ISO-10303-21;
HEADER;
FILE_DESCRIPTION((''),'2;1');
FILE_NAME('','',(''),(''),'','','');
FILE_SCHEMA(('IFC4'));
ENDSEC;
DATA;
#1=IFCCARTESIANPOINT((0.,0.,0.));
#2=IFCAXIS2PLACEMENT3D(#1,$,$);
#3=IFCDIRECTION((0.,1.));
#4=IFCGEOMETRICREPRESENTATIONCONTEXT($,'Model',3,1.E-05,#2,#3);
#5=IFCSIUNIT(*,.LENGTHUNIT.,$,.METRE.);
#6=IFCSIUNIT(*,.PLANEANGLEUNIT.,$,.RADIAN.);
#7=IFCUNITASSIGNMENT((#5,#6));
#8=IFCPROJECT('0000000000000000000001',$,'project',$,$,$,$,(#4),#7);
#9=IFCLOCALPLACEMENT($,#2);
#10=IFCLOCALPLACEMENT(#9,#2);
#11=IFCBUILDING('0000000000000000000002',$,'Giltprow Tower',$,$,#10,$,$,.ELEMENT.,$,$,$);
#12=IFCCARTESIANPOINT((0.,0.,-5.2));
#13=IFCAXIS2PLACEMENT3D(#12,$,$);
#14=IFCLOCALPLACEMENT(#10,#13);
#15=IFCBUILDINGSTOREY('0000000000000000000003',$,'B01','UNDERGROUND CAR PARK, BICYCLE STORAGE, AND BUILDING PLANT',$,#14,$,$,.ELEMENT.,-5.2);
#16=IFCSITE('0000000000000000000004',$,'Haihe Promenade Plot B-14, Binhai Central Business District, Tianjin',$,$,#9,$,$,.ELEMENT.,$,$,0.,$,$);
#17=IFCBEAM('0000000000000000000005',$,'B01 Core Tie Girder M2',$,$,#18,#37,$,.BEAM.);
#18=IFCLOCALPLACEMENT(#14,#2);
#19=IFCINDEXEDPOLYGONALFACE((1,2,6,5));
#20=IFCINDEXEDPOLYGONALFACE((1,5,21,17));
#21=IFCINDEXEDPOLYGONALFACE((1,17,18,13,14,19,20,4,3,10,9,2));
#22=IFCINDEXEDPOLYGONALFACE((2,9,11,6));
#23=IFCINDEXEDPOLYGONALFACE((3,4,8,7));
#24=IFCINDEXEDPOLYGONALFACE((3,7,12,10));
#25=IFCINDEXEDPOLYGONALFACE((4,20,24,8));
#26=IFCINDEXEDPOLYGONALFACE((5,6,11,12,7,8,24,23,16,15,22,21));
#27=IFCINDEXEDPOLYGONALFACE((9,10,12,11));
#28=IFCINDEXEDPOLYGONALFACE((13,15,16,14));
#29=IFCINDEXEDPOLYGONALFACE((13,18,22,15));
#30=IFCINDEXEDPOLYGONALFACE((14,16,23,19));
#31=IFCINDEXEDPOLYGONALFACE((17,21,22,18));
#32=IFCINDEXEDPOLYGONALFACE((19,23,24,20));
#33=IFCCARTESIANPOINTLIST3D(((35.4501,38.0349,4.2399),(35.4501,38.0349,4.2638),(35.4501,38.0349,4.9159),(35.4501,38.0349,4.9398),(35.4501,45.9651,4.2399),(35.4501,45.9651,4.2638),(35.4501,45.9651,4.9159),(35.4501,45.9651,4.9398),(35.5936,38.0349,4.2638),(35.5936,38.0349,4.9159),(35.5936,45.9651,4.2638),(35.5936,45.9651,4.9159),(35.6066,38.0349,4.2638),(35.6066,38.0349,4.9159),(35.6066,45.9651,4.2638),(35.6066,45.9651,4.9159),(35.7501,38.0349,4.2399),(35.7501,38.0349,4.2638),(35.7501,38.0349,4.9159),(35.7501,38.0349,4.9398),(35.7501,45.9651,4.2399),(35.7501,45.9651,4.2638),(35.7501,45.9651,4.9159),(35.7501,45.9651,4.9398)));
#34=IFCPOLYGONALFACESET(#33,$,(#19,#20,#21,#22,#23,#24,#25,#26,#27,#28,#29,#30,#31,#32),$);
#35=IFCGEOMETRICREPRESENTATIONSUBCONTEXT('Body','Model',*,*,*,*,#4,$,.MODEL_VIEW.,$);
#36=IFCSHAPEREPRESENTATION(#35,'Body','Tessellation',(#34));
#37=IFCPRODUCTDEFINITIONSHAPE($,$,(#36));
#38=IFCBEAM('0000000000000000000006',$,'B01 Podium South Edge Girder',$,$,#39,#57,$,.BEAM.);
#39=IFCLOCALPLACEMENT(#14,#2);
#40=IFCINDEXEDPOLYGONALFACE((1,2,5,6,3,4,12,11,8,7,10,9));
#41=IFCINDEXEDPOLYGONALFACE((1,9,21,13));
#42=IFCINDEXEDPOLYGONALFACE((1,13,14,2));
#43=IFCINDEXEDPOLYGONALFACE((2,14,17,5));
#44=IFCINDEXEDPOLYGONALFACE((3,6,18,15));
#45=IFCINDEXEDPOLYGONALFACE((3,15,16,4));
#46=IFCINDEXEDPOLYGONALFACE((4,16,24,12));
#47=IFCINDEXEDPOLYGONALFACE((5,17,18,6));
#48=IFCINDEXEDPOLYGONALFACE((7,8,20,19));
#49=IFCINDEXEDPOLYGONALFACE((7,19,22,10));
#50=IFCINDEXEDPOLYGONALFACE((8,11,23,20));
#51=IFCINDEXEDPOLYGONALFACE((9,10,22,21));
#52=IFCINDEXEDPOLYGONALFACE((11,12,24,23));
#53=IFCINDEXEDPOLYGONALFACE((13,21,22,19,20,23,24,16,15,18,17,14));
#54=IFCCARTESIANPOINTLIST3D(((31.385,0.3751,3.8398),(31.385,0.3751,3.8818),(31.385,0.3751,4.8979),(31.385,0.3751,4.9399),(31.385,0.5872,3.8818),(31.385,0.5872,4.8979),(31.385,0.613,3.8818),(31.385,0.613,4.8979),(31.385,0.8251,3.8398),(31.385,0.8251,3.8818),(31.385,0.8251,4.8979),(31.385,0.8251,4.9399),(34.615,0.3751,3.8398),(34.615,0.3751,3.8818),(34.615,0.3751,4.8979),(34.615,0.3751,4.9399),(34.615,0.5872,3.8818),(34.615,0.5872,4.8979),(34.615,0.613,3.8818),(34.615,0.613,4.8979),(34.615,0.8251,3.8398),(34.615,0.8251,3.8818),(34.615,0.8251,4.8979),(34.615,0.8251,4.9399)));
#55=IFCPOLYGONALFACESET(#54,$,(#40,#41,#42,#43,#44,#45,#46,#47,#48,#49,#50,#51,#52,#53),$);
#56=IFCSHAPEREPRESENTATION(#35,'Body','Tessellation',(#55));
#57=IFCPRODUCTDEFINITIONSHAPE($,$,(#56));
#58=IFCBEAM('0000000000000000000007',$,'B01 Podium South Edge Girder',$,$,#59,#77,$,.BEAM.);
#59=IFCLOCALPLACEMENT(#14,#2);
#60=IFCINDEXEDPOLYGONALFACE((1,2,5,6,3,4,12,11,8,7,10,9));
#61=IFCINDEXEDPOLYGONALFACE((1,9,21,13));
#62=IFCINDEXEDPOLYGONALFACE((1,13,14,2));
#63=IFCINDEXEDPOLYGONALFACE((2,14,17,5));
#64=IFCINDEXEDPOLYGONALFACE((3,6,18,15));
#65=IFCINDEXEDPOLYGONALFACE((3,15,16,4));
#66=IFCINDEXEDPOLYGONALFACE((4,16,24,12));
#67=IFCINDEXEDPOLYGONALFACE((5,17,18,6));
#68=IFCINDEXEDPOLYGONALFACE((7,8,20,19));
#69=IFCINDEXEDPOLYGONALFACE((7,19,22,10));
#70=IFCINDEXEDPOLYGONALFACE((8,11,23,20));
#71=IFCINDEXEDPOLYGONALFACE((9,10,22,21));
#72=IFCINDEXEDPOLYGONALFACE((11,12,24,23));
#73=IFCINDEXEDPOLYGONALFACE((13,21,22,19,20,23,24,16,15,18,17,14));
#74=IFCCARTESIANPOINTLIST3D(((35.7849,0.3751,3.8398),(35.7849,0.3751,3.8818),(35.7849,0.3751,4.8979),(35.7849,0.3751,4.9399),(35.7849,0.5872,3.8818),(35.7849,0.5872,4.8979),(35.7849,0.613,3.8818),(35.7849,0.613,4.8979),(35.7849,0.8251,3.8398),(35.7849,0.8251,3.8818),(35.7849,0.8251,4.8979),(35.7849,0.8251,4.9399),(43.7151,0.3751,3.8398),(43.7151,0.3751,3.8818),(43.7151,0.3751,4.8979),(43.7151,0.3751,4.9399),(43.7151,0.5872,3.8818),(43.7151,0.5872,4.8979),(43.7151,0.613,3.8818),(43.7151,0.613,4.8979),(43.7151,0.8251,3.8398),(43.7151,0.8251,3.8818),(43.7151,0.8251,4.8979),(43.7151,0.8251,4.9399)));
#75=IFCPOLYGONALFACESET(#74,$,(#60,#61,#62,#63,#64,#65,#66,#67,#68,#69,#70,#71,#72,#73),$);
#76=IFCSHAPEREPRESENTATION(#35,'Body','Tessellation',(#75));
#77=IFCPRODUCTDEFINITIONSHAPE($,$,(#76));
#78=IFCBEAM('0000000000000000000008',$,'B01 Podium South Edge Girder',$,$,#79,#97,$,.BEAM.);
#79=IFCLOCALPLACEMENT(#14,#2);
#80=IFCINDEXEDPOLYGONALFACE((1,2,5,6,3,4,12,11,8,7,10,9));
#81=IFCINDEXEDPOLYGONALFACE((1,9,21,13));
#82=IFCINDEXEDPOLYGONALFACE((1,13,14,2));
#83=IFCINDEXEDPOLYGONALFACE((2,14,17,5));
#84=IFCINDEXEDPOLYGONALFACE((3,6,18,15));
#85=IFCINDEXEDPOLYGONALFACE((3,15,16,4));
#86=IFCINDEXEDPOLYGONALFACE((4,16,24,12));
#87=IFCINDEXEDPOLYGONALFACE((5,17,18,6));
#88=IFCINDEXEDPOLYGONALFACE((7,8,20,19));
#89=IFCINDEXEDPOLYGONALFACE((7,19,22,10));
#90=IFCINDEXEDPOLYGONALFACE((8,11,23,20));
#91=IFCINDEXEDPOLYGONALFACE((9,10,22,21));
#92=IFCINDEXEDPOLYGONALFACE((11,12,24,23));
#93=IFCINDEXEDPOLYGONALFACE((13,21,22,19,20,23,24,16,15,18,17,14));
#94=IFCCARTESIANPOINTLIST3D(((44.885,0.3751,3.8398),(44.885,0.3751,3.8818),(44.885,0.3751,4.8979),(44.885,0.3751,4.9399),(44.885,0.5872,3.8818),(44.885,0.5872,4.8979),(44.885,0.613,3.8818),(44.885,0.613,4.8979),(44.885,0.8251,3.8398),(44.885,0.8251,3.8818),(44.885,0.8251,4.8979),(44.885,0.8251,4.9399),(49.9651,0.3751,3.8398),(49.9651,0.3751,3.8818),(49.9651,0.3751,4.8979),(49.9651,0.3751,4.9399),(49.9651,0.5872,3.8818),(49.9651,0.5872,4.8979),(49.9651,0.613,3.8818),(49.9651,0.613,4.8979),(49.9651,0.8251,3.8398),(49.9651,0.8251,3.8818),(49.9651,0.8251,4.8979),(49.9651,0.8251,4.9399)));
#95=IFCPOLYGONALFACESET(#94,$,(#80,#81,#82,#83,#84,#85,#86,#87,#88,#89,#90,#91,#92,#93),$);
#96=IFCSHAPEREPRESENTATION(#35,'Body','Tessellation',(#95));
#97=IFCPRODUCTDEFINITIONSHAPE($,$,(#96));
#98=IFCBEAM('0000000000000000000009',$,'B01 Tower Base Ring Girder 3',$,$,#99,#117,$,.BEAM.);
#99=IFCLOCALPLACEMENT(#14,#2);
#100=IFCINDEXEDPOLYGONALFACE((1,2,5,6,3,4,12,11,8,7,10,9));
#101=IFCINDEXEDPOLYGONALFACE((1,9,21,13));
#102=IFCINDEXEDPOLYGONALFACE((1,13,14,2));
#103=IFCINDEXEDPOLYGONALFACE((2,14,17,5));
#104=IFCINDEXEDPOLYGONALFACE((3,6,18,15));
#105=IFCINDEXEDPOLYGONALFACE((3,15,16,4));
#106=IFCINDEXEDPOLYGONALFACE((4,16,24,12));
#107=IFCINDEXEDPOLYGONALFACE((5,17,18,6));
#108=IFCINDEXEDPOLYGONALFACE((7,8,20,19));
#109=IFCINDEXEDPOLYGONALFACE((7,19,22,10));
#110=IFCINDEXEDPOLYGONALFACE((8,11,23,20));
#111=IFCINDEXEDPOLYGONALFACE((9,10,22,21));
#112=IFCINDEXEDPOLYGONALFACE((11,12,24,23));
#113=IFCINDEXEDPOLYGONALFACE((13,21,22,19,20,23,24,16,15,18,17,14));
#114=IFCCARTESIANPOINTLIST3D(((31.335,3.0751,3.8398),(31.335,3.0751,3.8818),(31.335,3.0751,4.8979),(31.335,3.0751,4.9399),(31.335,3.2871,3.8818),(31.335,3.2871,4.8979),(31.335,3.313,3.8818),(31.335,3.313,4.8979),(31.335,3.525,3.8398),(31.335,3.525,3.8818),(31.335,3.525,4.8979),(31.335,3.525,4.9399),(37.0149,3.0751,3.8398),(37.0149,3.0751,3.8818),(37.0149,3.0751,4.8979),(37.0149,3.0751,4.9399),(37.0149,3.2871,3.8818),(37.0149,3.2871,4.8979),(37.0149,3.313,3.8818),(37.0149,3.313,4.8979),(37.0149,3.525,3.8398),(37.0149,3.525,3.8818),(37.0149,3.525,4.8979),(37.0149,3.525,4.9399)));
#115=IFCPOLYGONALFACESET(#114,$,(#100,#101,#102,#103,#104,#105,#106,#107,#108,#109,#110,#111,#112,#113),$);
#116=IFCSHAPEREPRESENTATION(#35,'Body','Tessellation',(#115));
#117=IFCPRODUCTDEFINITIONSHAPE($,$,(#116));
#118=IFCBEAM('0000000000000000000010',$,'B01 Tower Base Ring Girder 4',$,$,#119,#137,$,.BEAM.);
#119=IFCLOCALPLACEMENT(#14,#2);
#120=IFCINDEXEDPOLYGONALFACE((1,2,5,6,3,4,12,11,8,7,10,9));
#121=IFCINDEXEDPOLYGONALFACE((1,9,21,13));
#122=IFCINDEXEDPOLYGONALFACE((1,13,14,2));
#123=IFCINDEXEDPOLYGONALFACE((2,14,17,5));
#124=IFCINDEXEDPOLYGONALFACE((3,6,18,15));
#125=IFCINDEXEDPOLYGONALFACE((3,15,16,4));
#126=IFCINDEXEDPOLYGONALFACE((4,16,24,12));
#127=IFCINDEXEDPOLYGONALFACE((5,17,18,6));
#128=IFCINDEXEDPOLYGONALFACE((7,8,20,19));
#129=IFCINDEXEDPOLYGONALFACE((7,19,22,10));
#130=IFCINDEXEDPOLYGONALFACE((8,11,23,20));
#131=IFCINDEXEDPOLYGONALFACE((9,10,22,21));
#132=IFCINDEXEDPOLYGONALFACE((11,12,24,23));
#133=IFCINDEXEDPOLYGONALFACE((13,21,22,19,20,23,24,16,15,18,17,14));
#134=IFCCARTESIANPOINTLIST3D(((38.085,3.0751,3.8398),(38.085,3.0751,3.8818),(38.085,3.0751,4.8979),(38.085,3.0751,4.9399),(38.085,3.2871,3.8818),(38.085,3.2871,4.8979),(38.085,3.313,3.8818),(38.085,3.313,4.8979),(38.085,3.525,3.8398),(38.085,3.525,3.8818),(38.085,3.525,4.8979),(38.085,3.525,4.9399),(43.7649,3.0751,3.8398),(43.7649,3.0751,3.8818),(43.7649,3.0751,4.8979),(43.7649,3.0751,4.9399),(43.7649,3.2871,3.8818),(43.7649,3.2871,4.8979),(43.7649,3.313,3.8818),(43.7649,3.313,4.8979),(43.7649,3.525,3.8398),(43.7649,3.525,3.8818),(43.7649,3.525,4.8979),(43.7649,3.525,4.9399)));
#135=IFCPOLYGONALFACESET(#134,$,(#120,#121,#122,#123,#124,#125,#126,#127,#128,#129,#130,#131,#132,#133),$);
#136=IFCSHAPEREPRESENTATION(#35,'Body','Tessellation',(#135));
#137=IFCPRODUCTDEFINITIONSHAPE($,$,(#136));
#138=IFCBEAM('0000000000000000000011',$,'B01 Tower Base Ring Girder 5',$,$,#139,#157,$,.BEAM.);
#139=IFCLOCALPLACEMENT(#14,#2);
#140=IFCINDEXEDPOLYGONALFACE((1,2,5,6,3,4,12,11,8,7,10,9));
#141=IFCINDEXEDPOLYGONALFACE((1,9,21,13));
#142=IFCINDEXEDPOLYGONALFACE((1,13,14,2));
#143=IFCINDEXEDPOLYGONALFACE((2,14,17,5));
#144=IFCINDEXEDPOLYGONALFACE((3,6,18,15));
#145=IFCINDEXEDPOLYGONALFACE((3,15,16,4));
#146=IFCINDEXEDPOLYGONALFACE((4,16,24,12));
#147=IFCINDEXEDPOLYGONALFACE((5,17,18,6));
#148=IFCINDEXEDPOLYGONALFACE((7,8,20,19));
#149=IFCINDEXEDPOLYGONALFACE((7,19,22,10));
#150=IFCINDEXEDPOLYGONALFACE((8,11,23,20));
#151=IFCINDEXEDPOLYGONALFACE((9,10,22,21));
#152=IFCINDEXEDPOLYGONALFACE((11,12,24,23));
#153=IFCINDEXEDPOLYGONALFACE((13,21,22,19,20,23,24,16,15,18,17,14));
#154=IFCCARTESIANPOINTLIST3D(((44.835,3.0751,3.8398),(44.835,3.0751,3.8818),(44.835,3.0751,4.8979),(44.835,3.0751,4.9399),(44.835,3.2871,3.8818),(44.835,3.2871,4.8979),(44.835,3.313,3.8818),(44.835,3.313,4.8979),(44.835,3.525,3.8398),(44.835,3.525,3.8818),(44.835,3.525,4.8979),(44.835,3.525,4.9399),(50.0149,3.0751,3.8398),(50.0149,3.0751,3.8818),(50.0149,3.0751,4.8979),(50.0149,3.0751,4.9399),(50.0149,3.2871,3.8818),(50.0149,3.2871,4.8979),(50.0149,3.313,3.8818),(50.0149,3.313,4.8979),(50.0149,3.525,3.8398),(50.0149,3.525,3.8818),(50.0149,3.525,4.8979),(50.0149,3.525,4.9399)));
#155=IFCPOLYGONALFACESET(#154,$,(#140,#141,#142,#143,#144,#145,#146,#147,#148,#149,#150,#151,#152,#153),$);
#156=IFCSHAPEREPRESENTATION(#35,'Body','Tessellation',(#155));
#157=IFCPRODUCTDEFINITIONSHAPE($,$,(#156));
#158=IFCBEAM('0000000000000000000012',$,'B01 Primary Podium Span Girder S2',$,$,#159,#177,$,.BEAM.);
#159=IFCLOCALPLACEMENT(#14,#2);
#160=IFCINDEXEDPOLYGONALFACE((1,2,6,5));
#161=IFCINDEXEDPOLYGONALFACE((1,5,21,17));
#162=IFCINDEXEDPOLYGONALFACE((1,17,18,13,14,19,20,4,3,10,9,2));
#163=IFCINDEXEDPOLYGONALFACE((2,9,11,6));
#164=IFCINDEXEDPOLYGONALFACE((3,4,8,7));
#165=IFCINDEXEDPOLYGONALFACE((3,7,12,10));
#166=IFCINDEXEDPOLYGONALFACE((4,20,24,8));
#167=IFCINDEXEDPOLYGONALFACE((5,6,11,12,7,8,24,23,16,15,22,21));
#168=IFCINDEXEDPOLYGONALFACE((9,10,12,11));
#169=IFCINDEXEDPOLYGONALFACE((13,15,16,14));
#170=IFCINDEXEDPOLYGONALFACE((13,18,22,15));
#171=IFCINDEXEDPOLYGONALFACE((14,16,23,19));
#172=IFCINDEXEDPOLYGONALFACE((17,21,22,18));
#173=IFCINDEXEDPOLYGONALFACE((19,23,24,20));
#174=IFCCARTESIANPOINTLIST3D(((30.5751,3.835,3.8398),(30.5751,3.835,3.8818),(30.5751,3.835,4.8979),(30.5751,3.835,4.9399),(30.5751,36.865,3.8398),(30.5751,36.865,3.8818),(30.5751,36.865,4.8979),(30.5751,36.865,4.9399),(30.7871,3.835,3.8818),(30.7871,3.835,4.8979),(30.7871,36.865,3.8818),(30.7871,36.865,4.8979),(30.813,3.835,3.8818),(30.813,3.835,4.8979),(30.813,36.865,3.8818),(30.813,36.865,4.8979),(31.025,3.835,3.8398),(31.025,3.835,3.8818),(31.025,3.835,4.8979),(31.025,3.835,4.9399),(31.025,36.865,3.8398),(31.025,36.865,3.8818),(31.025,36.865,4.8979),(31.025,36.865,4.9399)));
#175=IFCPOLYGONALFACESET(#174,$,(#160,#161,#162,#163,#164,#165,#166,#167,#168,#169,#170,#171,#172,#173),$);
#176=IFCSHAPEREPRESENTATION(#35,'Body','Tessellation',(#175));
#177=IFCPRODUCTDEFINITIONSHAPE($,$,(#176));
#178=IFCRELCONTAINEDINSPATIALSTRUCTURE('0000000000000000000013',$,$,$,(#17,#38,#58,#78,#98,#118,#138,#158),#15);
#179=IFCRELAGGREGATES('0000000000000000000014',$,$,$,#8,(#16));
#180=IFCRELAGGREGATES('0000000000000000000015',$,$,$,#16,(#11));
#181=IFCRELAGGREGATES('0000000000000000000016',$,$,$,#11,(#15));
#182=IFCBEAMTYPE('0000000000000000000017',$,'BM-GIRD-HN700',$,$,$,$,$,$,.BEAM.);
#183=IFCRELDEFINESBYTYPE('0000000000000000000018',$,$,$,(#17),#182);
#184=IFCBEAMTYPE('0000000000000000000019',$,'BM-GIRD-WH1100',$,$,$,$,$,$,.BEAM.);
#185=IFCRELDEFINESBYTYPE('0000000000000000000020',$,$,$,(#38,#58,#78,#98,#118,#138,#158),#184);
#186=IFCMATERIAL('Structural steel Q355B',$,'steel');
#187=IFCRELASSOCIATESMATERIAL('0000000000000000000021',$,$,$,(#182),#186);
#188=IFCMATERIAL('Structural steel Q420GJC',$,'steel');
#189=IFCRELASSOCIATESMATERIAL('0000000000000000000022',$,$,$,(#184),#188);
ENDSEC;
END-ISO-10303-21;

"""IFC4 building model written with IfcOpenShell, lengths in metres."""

from ifc_helpers import new_model, si_unit, direction, frame, origin, origin_2d, place, context, subcontext, project, spatial, i_section, extrude, source, transform, mapped, material, material_profile, profile_set, type_object, element, save


model = new_model("IFC4")

# Units and contexts
model_context = context("Model", 3, precision=1e-05, world=origin(), true_north=direction((0.0, 1.0)))
body_context = subcontext(model_context, "Body", "Model", "MODEL_VIEW")
ifc_project = project(units=[si_unit("LENGTHUNIT", "METRE"), si_unit("PLANEANGLEUNIT", "RADIAN")], contexts=[model_context])

# Site, building, storey
site_placement = place(None, origin())
site = spatial("IfcSite", under=ifc_project, at=site_placement, Name="Haihe Promenade Plot B-14, Binhai Central Business District, Tianjin", CompositionType="ELEMENT", RefElevation=0.0)
building_placement = place(site_placement, origin())
building = spatial("IfcBuilding", under=site, at=building_placement, Name="Giltprow Tower", CompositionType="ELEMENT")
storey_placement = place(building_placement, frame((0.0, 0.0, -5.2)))
storey = spatial("IfcBuildingStorey", under=building, at=storey_placement, Name="B01", Description="UNDERGROUND CAR PARK, BICYCLE STORAGE, AND BUILDING PLANT", CompositionType="ELEMENT", Elevation=-5.2)

# Shared definitions
ifc_material_1 = material(Name="Structural steel Q420GJC", Category="steel")

# Beams
ifc_material_2 = material(Name="Structural steel Q355B", Category="steel")
ifc_material_profile_1 = material_profile(ifc_material_2, i_section(OverallWidth=0.3, OverallDepth=0.7, WebThickness=0.0129, FlangeThickness=0.0239, at=origin_2d()), Name="HN 700x300x13x24")
ifc_profile_set_1 = profile_set([ifc_material_profile_1], Name="Structural steel Q355B")
beam_type_1 = type_object("IfcBeamType", Name="BM-GIRD-HN700", PredefinedType="BEAM", material=ifc_profile_set_1)
shared_shape_1 = source(origin(), body_context, "Body", "SweptSolid", [
    extrude(i_section(OverallWidth=0.3, OverallDepth=0.7, WebThickness=0.0129, FlangeThickness=0.0239, at=origin_2d()), origin(), (0.0, 0.0, 1.0), 7.9302),
])
beam_1_placement = place(storey_placement, frame((35.6001, 38.0349, 4.5898), z_axis=(0.0, 1.0, 0.0), x_axis=(-1.0, 0.0, 0.0)))
element("IfcBeam", 1, at=beam_1_placement, inside=storey, type_object=beam_type_1, Name="B01 Core Tie Girder M2", PredefinedType="BEAM", context=body_context, shape_type="MappedRepresentation", body=[
    mapped(shared_shape_1, transform((0.0, 0.0, 0.0), x_axis=(1.0, 0.0, 0.0), y_axis=(0.0, 1.0, 0.0), z_axis=(0.0, 0.0, 1.0), scale=1.0)),
])
ifc_material_profile_2 = material_profile(ifc_material_1, i_section(OverallWidth=0.45, OverallDepth=1.1001, WebThickness=0.0259, FlangeThickness=0.042, at=origin_2d()), Name="WH 1100x450x26x42")
ifc_profile_set_2 = profile_set([ifc_material_profile_2], Name="Structural steel Q420GJC")
beam_type_2 = type_object("IfcBeamType", Name="BM-GIRD-WH1100", PredefinedType="BEAM", material=ifc_profile_set_2)
shared_shape_2 = source(origin(), body_context, "Body", "SweptSolid", [
    extrude(i_section(OverallWidth=0.45, OverallDepth=1.1001, WebThickness=0.0259, FlangeThickness=0.042, at=origin_2d()), origin(), (0.0, 0.0, 1.0), 3.23),
])
beam_2_placement = place(storey_placement, frame((31.385, 0.6001, 4.3899), z_axis=(1.0, 0.0, 0.0), x_axis=(0.0, 1.0, 0.0)))
element("IfcBeam", 2, at=beam_2_placement, inside=storey, type_object=beam_type_2, Name="B01 Podium South Edge Girder", PredefinedType="BEAM", context=body_context, shape_type="MappedRepresentation", body=[
    mapped(shared_shape_2, transform((0.0, 0.0, 0.0), x_axis=(1.0, 0.0, 0.0), y_axis=(0.0, 1.0, 0.0), z_axis=(0.0, 0.0, 1.0), scale=1.0)),
])
shared_shape_3 = source(origin(), body_context, "Body", "SweptSolid", [
    extrude(i_section(OverallWidth=0.45, OverallDepth=1.1001, WebThickness=0.0259, FlangeThickness=0.042, at=origin_2d()), origin(), (0.0, 0.0, 1.0), 7.9302),
])
beam_3_placement = place(storey_placement, frame((35.7849, 0.6001, 4.3899), z_axis=(1.0, 0.0, 0.0), x_axis=(0.0, 1.0, 0.0)))
element("IfcBeam", 3, at=beam_3_placement, inside=storey, type_object=beam_type_2, Name="B01 Podium South Edge Girder", PredefinedType="BEAM", context=body_context, shape_type="MappedRepresentation", body=[
    mapped(shared_shape_3, transform((0.0, 0.0, 0.0), x_axis=(1.0, 0.0, 0.0), y_axis=(0.0, 1.0, 0.0), z_axis=(0.0, 0.0, 1.0), scale=1.0)),
])
shared_shape_4 = source(origin(), body_context, "Body", "SweptSolid", [
    extrude(i_section(OverallWidth=0.45, OverallDepth=1.1001, WebThickness=0.0259, FlangeThickness=0.042, at=origin_2d()), origin(), (0.0, 0.0, 1.0), 5.0801),
])
beam_4_placement = place(storey_placement, frame((44.885, 0.6001, 4.3899), z_axis=(1.0, 0.0, 0.0), x_axis=(0.0, 1.0, 0.0)))
element("IfcBeam", 4, at=beam_4_placement, inside=storey, type_object=beam_type_2, Name="B01 Podium South Edge Girder", PredefinedType="BEAM", context=body_context, shape_type="MappedRepresentation", body=[
    mapped(shared_shape_4, transform((0.0, 0.0, 0.0), x_axis=(1.0, 0.0, 0.0), y_axis=(0.0, 1.0, 0.0), z_axis=(0.0, 0.0, 1.0), scale=1.0)),
])
shared_shape_5 = source(origin(), body_context, "Body", "SweptSolid", [
    extrude(i_section(OverallWidth=0.45, OverallDepth=1.1001, WebThickness=0.0259, FlangeThickness=0.042, at=origin_2d()), origin(), (0.0, 0.0, 1.0), 5.6799),
])
for number, where, z_axis, x_axis, name in (
    (5, (31.335, 3.3, 4.3899), (1.0, 0.0, 0.0), (0.0, 1.0, 0.0), "B01 Tower Base Ring Girder 3"),
    (6, (38.085, 3.3, 4.3899), (1.0, 0.0, 0.0), (0.0, 1.0, 0.0), "B01 Tower Base Ring Girder 4"),
):
    element("IfcBeam", number, at=place(storey_placement, frame(where, z_axis=z_axis, x_axis=x_axis)), inside=storey, type_object=beam_type_2, Name=name, PredefinedType="BEAM", context=body_context, shape_type="MappedRepresentation", body=[
        mapped(shared_shape_5, transform((0.0, 0.0, 0.0), x_axis=(1.0, 0.0, 0.0), y_axis=(0.0, 1.0, 0.0), z_axis=(0.0, 0.0, 1.0), scale=1.0)),
    ])
shared_shape_6 = source(origin(), body_context, "Body", "SweptSolid", [
    extrude(i_section(OverallWidth=0.45, OverallDepth=1.1001, WebThickness=0.0259, FlangeThickness=0.042, at=origin_2d()), origin(), (0.0, 0.0, 1.0), 5.1799),
])
beam_5_placement = place(storey_placement, frame((44.835, 3.3, 4.3899), z_axis=(1.0, 0.0, 0.0), x_axis=(0.0, 1.0, 0.0)))
element("IfcBeam", 7, at=beam_5_placement, inside=storey, type_object=beam_type_2, Name="B01 Tower Base Ring Girder 5", PredefinedType="BEAM", context=body_context, shape_type="MappedRepresentation", body=[
    mapped(shared_shape_6, transform((0.0, 0.0, 0.0), x_axis=(1.0, 0.0, 0.0), y_axis=(0.0, 1.0, 0.0), z_axis=(0.0, 0.0, 1.0), scale=1.0)),
])
shared_shape_7 = source(origin(), body_context, "Body", "SweptSolid", [
    extrude(i_section(OverallWidth=0.45, OverallDepth=1.1001, WebThickness=0.0259, FlangeThickness=0.042, at=origin_2d()), origin(), (0.0, 0.0, 1.0), 33.03),
])
for number, where, z_axis, x_axis, name in (
    (8, (30.8, 3.835, 4.3899), (0.0, 1.0, 0.0), (-1.0, 0.0, 0.0), "B01 Primary Podium Span Girder S2"),
):
    element("IfcBeam", number, at=place(storey_placement, frame(where, z_axis=z_axis, x_axis=x_axis)), inside=storey, type_object=beam_type_2, Name=name, PredefinedType="BEAM", context=body_context, shape_type="MappedRepresentation", body=[
        mapped(shared_shape_7, transform((0.0, 0.0, 0.0), x_axis=(1.0, 0.0, 0.0), y_axis=(0.0, 1.0, 0.0), z_axis=(0.0, 0.0, 1.0), scale=1.0)),
    ])

save(model, "model.ifc")
